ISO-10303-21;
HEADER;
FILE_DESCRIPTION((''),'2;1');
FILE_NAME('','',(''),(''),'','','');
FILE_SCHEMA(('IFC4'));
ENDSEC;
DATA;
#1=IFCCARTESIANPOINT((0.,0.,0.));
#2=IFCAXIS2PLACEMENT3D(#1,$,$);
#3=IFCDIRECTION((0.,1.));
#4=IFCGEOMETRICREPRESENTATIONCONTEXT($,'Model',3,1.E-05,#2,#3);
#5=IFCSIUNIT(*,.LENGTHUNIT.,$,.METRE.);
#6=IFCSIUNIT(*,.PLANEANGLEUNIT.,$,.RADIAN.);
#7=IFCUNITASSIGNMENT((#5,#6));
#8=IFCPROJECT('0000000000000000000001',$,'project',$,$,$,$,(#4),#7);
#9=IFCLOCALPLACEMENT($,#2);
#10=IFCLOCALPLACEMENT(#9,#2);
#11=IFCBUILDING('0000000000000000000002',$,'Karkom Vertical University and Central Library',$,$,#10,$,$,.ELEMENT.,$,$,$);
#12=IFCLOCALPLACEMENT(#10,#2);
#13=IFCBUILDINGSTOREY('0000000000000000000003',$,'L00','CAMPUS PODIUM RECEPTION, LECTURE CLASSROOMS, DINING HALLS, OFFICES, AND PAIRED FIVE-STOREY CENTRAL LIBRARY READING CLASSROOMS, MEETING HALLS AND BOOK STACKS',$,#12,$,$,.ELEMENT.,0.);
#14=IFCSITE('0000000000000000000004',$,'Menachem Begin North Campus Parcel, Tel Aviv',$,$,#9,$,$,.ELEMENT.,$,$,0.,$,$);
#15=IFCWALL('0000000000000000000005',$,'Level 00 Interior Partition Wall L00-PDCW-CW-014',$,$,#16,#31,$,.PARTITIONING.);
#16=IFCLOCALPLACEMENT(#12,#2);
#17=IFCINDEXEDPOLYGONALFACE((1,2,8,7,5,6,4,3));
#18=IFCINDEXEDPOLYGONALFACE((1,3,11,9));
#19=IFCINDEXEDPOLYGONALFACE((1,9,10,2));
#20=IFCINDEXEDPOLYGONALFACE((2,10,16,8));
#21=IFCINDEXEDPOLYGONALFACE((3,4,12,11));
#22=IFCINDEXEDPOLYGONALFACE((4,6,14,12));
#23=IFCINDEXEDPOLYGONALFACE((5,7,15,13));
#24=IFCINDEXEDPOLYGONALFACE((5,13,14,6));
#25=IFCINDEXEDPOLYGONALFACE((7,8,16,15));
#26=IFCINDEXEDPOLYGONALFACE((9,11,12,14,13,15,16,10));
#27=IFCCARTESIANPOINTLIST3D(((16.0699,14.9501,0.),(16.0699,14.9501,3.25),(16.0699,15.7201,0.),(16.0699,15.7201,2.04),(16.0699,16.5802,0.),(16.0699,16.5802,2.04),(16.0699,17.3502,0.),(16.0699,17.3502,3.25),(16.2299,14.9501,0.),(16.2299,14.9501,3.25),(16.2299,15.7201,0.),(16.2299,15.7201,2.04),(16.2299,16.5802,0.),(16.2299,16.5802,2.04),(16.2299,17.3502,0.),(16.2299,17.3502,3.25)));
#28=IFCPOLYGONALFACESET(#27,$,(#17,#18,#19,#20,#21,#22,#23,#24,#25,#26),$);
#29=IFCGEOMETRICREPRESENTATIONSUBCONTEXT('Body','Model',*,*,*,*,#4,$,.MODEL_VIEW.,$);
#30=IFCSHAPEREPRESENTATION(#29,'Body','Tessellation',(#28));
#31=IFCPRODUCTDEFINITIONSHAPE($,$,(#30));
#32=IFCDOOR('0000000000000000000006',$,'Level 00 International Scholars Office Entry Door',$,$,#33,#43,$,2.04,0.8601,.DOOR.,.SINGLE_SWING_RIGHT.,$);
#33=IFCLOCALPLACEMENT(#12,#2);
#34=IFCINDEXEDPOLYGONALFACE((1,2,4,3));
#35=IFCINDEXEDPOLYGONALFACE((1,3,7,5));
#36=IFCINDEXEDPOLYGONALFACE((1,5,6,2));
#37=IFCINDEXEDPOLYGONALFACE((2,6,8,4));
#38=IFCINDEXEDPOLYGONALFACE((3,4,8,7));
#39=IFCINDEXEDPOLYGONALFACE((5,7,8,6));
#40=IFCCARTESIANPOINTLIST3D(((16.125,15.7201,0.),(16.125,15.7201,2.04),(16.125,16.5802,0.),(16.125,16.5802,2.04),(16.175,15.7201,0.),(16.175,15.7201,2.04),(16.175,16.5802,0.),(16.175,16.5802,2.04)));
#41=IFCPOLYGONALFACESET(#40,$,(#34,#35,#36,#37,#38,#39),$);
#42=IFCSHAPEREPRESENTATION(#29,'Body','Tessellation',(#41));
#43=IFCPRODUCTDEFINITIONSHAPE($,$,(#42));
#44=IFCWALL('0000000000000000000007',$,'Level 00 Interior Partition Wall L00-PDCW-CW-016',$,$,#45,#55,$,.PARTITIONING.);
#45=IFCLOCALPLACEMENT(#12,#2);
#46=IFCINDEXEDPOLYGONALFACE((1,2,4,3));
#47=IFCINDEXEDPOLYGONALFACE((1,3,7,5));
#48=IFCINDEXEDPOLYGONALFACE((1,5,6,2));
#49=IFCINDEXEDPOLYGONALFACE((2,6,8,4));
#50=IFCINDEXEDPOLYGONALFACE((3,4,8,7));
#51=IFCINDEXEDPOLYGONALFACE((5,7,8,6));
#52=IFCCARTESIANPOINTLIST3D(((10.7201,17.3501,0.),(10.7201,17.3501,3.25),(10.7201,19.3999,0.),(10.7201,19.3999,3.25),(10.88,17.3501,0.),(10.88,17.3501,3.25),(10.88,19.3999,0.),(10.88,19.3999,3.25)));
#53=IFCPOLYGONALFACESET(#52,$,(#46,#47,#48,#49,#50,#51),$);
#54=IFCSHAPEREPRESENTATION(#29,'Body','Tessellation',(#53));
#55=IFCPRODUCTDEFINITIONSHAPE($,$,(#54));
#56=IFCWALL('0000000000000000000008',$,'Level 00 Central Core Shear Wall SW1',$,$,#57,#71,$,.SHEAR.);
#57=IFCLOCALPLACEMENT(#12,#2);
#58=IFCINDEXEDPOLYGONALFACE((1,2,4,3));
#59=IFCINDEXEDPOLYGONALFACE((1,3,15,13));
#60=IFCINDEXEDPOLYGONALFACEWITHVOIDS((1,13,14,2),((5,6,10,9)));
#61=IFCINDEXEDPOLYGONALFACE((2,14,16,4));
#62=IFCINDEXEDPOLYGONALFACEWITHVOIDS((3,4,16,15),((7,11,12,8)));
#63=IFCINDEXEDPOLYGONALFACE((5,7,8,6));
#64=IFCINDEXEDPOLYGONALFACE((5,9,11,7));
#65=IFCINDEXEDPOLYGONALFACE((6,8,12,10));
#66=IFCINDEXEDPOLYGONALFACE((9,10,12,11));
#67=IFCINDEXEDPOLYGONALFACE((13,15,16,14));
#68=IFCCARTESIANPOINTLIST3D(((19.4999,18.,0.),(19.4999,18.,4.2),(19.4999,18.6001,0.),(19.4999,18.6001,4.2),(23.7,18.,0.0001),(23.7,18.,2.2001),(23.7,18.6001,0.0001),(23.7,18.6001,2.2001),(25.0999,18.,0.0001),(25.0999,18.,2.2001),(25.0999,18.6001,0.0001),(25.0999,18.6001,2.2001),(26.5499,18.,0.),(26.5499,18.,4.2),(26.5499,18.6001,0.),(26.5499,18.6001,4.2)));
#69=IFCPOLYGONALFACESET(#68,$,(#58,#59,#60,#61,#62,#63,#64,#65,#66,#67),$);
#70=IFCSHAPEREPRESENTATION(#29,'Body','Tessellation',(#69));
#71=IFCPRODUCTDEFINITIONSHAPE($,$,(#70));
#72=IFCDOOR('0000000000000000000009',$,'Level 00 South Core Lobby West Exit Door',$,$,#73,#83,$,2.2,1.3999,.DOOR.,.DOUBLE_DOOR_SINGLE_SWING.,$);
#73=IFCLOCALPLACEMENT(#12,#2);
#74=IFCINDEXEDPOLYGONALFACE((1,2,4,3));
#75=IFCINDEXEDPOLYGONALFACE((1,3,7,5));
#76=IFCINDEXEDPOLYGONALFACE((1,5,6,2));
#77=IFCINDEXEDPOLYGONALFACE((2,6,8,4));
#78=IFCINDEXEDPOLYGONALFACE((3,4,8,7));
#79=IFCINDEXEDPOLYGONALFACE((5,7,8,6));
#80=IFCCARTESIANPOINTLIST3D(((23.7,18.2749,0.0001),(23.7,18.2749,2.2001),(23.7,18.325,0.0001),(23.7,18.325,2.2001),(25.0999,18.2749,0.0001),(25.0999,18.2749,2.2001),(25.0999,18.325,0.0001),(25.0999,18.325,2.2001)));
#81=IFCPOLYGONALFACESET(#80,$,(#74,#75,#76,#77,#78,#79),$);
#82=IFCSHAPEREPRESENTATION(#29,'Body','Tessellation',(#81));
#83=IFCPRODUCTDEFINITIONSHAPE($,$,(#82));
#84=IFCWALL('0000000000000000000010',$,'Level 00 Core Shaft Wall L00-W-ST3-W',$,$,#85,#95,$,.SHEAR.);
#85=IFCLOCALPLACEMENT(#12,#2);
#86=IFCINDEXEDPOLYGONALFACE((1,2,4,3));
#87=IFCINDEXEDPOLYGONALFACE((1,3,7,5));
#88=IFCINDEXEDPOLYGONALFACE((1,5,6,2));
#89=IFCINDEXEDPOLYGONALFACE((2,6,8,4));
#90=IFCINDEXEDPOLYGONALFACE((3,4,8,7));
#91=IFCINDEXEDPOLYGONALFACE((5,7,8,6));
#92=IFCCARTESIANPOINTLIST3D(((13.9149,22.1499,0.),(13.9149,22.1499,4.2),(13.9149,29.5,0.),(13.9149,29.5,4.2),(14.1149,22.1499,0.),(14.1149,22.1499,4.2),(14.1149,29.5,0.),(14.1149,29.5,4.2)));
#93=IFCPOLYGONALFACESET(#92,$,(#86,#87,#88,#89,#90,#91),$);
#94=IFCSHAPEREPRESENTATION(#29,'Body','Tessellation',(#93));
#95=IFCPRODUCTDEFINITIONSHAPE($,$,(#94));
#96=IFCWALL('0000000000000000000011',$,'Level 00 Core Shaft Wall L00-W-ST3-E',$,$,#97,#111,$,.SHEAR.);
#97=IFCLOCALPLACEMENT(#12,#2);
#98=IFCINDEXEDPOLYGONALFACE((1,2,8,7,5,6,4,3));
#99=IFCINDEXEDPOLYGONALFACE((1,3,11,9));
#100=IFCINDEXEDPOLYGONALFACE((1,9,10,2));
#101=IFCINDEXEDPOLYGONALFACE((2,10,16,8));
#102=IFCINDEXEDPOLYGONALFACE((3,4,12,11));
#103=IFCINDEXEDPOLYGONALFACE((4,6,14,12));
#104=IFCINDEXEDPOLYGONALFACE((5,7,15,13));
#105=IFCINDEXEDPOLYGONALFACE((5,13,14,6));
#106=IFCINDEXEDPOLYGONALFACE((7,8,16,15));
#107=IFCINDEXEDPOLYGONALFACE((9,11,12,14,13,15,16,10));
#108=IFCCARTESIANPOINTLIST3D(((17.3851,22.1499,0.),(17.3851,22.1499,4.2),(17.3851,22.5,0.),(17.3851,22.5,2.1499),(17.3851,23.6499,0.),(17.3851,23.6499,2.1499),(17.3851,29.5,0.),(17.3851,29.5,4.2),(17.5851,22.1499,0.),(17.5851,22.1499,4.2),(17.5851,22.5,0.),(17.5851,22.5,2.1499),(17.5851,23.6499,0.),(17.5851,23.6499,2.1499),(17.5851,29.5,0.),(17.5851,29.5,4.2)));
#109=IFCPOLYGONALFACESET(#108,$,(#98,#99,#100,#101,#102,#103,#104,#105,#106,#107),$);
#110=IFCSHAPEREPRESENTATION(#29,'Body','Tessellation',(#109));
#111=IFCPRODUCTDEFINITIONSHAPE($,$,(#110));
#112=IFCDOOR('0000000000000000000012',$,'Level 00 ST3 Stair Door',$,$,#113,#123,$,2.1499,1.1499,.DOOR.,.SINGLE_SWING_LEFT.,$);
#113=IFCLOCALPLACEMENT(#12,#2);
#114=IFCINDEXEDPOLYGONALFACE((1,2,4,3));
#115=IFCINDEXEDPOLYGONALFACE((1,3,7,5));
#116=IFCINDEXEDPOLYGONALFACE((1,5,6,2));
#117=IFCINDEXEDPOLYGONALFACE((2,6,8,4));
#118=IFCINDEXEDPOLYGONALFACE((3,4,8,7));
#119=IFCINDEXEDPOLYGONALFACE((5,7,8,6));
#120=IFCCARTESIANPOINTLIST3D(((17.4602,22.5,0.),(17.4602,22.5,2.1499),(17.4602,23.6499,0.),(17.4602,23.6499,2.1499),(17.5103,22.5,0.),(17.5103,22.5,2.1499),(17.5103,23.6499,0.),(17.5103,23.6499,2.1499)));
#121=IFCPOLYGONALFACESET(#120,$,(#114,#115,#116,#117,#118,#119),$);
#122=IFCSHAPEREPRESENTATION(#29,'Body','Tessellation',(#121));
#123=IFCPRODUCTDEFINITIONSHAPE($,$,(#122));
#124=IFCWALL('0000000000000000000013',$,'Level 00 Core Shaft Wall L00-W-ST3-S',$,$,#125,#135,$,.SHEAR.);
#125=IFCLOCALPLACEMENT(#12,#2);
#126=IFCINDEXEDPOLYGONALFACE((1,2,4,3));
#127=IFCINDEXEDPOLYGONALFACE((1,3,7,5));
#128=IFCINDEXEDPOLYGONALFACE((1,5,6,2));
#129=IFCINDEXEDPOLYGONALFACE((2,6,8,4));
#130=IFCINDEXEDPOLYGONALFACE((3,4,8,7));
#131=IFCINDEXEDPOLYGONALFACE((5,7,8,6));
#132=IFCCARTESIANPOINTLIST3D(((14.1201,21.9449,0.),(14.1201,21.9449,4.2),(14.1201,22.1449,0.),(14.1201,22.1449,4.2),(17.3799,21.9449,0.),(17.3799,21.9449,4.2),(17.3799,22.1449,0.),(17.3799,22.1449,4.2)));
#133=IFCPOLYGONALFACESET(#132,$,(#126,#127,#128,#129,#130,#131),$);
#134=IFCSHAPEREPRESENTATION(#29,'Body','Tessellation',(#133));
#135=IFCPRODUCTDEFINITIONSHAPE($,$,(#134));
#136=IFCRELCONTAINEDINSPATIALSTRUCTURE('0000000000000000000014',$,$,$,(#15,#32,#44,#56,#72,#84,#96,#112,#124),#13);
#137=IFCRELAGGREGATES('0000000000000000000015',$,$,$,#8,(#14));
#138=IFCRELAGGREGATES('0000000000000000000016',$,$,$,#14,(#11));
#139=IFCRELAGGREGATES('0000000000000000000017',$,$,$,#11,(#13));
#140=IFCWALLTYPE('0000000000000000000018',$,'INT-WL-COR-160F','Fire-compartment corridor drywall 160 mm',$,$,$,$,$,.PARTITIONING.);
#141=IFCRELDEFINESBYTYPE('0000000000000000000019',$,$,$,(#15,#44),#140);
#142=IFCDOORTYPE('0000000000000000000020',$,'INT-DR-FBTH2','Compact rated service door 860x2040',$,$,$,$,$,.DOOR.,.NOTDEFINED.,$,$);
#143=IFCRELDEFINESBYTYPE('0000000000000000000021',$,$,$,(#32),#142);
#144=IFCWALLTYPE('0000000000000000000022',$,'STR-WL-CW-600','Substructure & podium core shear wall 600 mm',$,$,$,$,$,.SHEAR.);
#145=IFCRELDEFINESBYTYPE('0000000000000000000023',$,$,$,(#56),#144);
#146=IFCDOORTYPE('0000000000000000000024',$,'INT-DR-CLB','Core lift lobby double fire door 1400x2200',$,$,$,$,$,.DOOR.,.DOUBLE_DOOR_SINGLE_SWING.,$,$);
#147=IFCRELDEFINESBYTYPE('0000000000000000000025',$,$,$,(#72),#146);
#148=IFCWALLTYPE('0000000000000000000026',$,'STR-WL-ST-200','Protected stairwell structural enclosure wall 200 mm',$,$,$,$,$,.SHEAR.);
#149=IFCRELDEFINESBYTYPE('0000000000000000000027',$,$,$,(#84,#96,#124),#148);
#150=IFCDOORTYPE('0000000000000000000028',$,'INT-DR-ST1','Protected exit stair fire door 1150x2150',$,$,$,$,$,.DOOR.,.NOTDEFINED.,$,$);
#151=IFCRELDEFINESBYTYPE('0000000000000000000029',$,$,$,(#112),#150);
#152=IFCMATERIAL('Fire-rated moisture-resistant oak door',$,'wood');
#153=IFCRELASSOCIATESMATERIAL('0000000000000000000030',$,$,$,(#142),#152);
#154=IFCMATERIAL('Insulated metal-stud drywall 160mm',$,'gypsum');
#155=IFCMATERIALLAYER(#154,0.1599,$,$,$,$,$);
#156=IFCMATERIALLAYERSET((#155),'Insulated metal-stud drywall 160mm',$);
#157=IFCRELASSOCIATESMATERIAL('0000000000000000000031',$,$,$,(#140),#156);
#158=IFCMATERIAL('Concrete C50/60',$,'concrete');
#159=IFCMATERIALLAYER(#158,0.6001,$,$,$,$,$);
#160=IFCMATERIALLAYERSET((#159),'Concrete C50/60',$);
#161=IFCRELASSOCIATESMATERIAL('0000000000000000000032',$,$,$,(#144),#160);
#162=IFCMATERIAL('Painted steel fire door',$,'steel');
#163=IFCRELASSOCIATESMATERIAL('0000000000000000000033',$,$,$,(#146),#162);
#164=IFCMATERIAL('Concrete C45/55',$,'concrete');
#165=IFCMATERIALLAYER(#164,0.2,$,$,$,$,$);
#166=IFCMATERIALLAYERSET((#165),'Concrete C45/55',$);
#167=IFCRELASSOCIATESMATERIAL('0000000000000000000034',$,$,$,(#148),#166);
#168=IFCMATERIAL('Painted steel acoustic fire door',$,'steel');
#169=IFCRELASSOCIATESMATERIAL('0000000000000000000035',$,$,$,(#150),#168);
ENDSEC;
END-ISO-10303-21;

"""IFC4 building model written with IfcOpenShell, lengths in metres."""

from ifc_helpers import new_model, si_unit, direction, frame, frame_2d, origin, origin_with_axes, place, context, subcontext, project, spatial, rectangle, extrude, source, transform, mapped, material, layer, layer_set, type_object, element, fill, save


model = new_model("IFC4")

# Units and contexts
model_context = context("Model", 3, precision=1e-05, world=origin(), true_north=direction((0.0, 1.0)))
body_context = subcontext(model_context, "Body", "Model", "MODEL_VIEW")
ifc_project = project(units=[si_unit("LENGTHUNIT", "METRE"), si_unit("PLANEANGLEUNIT", "RADIAN")], contexts=[model_context])

# Site, building, storey
site_placement = place(None, origin())
site = spatial("IfcSite", under=ifc_project, at=site_placement, Name="Menachem Begin North Campus Parcel, Tel Aviv", CompositionType="ELEMENT", RefElevation=0.0)
building_placement = place(site_placement, origin())
building = spatial("IfcBuilding", under=site, at=building_placement, Name="Karkom Vertical University and Central Library", CompositionType="ELEMENT")
storey_placement = place(building_placement, origin())
storey = spatial("IfcBuildingStorey", under=building, at=storey_placement, Name="L00", Description="CAMPUS PODIUM RECEPTION, LECTURE CLASSROOMS, DINING HALLS, OFFICES, AND PAIRED FIVE-STOREY CENTRAL LIBRARY READING CLASSROOMS, MEETING HALLS AND BOOK STACKS", CompositionType="ELEMENT", Elevation=0.0)

# Shared definitions
ifc_material_1 = material(Name="Insulated metal-stud drywall 160mm", Category="gypsum")

# Shared definitions
ifc_material_2 = material(Name="Fire-rated moisture-resistant oak door", Category="wood")
door_type_1 = type_object("IfcDoorType", Name="INT-DR-FBTH2", Description="Compact rated service door 860x2040", OperationType="NOTDEFINED", PredefinedType="DOOR", material=ifc_material_2)
shared_shape_1 = source(origin_with_axes(), body_context, "Body", "SweptSolid", [
    extrude(rectangle(XDim=0.8601, YDim=2.04, at=frame_2d((0.4302, 1.02))), frame((0.0, 0.0249, 0.0), z_axis=(0.0, -1.0, 0.0), x_axis=(1.0, 0.0, 0.0)), (0.0, 0.0, 1.0), 0.05),
])

# Shared definitions
ifc_layer_1 = layer(ifc_material_1, 0.1599)
ifc_layer_set_1 = layer_set([ifc_layer_1], Name="Insulated metal-stud drywall 160mm")
wall_type_1 = type_object("IfcWallType", Name="INT-WL-COR-160F", Description="Fire-compartment corridor drywall 160 mm", PredefinedType="PARTITIONING", material=ifc_layer_set_1)

# Wall, opening, door
wall_1_placement = place(storey_placement, frame((16.1499, 14.95, 0.0), z_axis=(0.0, 0.0, 1.0), x_axis=(0.0, 1.0, 0.0)))
wall_1 = element("IfcWall", 1, at=wall_1_placement, inside=storey, type_object=wall_type_1, Name="Level 00 Interior Partition Wall L00-PDCW-CW-014", PredefinedType="PARTITIONING", context=body_context, shape_type="SweptSolid", body=[
    extrude(rectangle(XDim=2.4001, YDim=0.1599, at=frame_2d((1.2002, 0.0))), origin(), (0.0, 0.0, 1.0), 3.25),
])
opening_1_placement = place(wall_1_placement, frame((0.77, 0.0, 0.0)))
opening_1 = element("IfcOpeningElement", 2, at=opening_1_placement, cuts=wall_1, PredefinedType="OPENING", context=body_context, shape_type="SweptSolid", body=[
    extrude(rectangle(XDim=0.8601, YDim=2.04, at=frame_2d((0.4302, 1.02))), frame((0.0, 0.0898, 0.0), z_axis=(0.0, -1.0, 0.0), x_axis=(1.0, 0.0, 0.0)), (0.0, 0.0, 1.0), 0.1799),
])
door_1_placement = place(opening_1_placement, origin())
door_1 = element("IfcDoor", 3, at=door_1_placement, inside=storey, type_object=door_type_1, Name="Level 00 International Scholars Office Entry Door", OperationType="SINGLE_SWING_RIGHT", OverallHeight=2.04, OverallWidth=0.8601, PredefinedType="DOOR", context=body_context, shape_type="MappedRepresentation", body=[
    mapped(shared_shape_1, transform((0.0, 0.0, 0.0), scale=1.0)),
])
fill(opening_1, door_1)

# Wall
wall_2_placement = place(storey_placement, frame((10.8, 17.3501, 0.0), z_axis=(0.0, 0.0, 1.0), x_axis=(0.0, 1.0, 0.0)))
element("IfcWall", 4, at=wall_2_placement, inside=storey, type_object=wall_type_1, Name="Level 00 Interior Partition Wall L00-PDCW-CW-016", PredefinedType="PARTITIONING", context=body_context, shape_type="SweptSolid", body=[
    extrude(rectangle(XDim=2.0498, YDim=0.1599, at=frame_2d((1.0249, 0.0))), origin(), (0.0, 0.0, 1.0), 3.25),
])

# Wall, opening, door
ifc_material_3 = material(Name="Concrete C50/60", Category="concrete")
ifc_layer_2 = layer(ifc_material_3, 0.6001)
ifc_layer_set_2 = layer_set([ifc_layer_2], Name="Concrete C50/60")
wall_type_2 = type_object("IfcWallType", Name="STR-WL-CW-600", Description="Substructure & podium core shear wall 600 mm", PredefinedType="SHEAR", material=ifc_layer_set_2)
wall_3_placement = place(storey_placement, frame((19.5, 18.3, 0.0), z_axis=(0.0, 0.0, 1.0), x_axis=(1.0, 0.0, 0.0)))
wall_3 = element("IfcWall", 5, at=wall_3_placement, inside=storey, type_object=wall_type_2, Name="Level 00 Central Core Shear Wall SW1", PredefinedType="SHEAR", context=body_context, shape_type="SweptSolid", body=[
    extrude(rectangle(XDim=7.05, YDim=0.6001, at=frame_2d((3.5249, 0.0))), origin(), (0.0, 0.0, 1.0), 4.2),
])
opening_2_placement = place(wall_3_placement, frame((4.2, 0.0, 0.0)))
opening_2 = element("IfcOpeningElement", 6, at=opening_2_placement, cuts=wall_3, PredefinedType="OPENING", context=body_context, shape_type="SweptSolid", body=[
    extrude(rectangle(XDim=1.3999, YDim=2.2, at=frame_2d((0.7, 1.1001))), frame((0.0, 0.3101, 0.0), z_axis=(0.0, -1.0, 0.0), x_axis=(1.0, 0.0, 0.0)), (0.0, 0.0, 1.0), 0.6201),
])
ifc_material_4 = material(Name="Painted steel fire door", Category="steel")
door_type_2 = type_object("IfcDoorType", Name="INT-DR-CLB", Description="Core lift lobby double fire door 1400x2200", OperationType="DOUBLE_DOOR_SINGLE_SWING", PredefinedType="DOOR", material=ifc_material_4)
shared_shape_2 = source(origin_with_axes(), body_context, "Body", "SweptSolid", [
    extrude(rectangle(XDim=1.3999, YDim=2.2, at=frame_2d((0.7, 1.1001))), frame((0.0, 0.0249, 0.0), z_axis=(0.0, -1.0, 0.0), x_axis=(1.0, 0.0, 0.0)), (0.0, 0.0, 1.0), 0.05),
])
door_2_placement = place(opening_2_placement, origin())
door_2 = element("IfcDoor", 7, at=door_2_placement, inside=storey, type_object=door_type_2, Name="Level 00 South Core Lobby West Exit Door", OperationType="DOUBLE_DOOR_SINGLE_SWING", OverallHeight=2.2, OverallWidth=1.3999, PredefinedType="DOOR", context=body_context, shape_type="MappedRepresentation", body=[
    mapped(shared_shape_2, transform((0.0, 0.0, 0.0), scale=1.0)),
])
fill(opening_2, door_2)

# Wall
ifc_material_5 = material(Name="Concrete C45/55", Category="concrete")
ifc_layer_3 = layer(ifc_material_5, 0.2)
ifc_layer_set_3 = layer_set([ifc_layer_3], Name="Concrete C45/55")
wall_type_3 = type_object("IfcWallType", Name="STR-WL-ST-200", Description="Protected stairwell structural enclosure wall 200 mm", PredefinedType="SHEAR", material=ifc_layer_set_3)
wall_4_placement = place(storey_placement, frame((14.0149, 22.1499, 0.0), z_axis=(0.0, 0.0, 1.0), x_axis=(0.0, 1.0, 0.0)))
element("IfcWall", 8, at=wall_4_placement, inside=storey, type_object=wall_type_3, Name="Level 00 Core Shaft Wall L00-W-ST3-W", PredefinedType="SHEAR", context=body_context, shape_type="SweptSolid", body=[
    extrude(rectangle(XDim=7.3501, YDim=0.2, at=frame_2d((3.675, 0.0))), origin(), (0.0, 0.0, 1.0), 4.2),
])

# Wall, opening, door
wall_5_placement = place(storey_placement, frame((17.4851, 22.1499, 0.0), z_axis=(0.0, 0.0, 1.0), x_axis=(0.0, 1.0, 0.0)))
wall_5 = element("IfcWall", 9, at=wall_5_placement, inside=storey, type_object=wall_type_3, Name="Level 00 Core Shaft Wall L00-W-ST3-E", PredefinedType="SHEAR", context=body_context, shape_type="SweptSolid", body=[
    extrude(rectangle(XDim=7.3501, YDim=0.2, at=frame_2d((3.675, 0.0))), origin(), (0.0, 0.0, 1.0), 4.2),
])
opening_3_placement = place(wall_5_placement, frame((0.3501, 0.0, 0.0)))
opening_3 = element("IfcOpeningElement", 10, at=opening_3_placement, cuts=wall_5, PredefinedType="OPENING", context=body_context, shape_type="SweptSolid", body=[
    extrude(rectangle(XDim=1.1499, YDim=2.1499, at=frame_2d((0.575, 1.075))), frame((0.0, 0.1099, 0.0), z_axis=(0.0, -1.0, 0.0), x_axis=(1.0, 0.0, 0.0)), (0.0, 0.0, 1.0), 0.22),
])
ifc_material_6 = material(Name="Painted steel acoustic fire door", Category="steel")
door_type_3 = type_object("IfcDoorType", Name="INT-DR-ST1", Description="Protected exit stair fire door 1150x2150", OperationType="NOTDEFINED", PredefinedType="DOOR", material=ifc_material_6)
shared_shape_3 = source(origin_with_axes(), body_context, "Body", "SweptSolid", [
    extrude(rectangle(XDim=1.1499, YDim=2.1499, at=frame_2d((0.575, 1.075))), frame((0.0, 0.0249, 0.0), z_axis=(0.0, -1.0, 0.0), x_axis=(1.0, 0.0, 0.0)), (0.0, 0.0, 1.0), 0.05),
])
door_3_placement = place(opening_3_placement, origin())
door_3 = element("IfcDoor", 11, at=door_3_placement, inside=storey, type_object=door_type_3, Name="Level 00 ST3 Stair Door", OperationType="SINGLE_SWING_LEFT", OverallHeight=2.1499, OverallWidth=1.1499, PredefinedType="DOOR", context=body_context, shape_type="MappedRepresentation", body=[
    mapped(shared_shape_3, transform((0.0, 0.0, 0.0), scale=1.0)),
])
fill(opening_3, door_3)

# Wall
wall_6_placement = place(storey_placement, frame((14.1201, 22.0449, 0.0), z_axis=(0.0, 0.0, 1.0), x_axis=(1.0, 0.0, 0.0)))
element("IfcWall", 12, at=wall_6_placement, inside=storey, type_object=wall_type_3, Name="Level 00 Core Shaft Wall L00-W-ST3-S", PredefinedType="SHEAR", context=body_context, shape_type="SweptSolid", body=[
    extrude(rectangle(XDim=3.2598, YDim=0.2, at=frame_2d((1.6299, 0.0))), origin(), (0.0, 0.0, 1.0), 4.2),
])

save(model, "model.ifc")
